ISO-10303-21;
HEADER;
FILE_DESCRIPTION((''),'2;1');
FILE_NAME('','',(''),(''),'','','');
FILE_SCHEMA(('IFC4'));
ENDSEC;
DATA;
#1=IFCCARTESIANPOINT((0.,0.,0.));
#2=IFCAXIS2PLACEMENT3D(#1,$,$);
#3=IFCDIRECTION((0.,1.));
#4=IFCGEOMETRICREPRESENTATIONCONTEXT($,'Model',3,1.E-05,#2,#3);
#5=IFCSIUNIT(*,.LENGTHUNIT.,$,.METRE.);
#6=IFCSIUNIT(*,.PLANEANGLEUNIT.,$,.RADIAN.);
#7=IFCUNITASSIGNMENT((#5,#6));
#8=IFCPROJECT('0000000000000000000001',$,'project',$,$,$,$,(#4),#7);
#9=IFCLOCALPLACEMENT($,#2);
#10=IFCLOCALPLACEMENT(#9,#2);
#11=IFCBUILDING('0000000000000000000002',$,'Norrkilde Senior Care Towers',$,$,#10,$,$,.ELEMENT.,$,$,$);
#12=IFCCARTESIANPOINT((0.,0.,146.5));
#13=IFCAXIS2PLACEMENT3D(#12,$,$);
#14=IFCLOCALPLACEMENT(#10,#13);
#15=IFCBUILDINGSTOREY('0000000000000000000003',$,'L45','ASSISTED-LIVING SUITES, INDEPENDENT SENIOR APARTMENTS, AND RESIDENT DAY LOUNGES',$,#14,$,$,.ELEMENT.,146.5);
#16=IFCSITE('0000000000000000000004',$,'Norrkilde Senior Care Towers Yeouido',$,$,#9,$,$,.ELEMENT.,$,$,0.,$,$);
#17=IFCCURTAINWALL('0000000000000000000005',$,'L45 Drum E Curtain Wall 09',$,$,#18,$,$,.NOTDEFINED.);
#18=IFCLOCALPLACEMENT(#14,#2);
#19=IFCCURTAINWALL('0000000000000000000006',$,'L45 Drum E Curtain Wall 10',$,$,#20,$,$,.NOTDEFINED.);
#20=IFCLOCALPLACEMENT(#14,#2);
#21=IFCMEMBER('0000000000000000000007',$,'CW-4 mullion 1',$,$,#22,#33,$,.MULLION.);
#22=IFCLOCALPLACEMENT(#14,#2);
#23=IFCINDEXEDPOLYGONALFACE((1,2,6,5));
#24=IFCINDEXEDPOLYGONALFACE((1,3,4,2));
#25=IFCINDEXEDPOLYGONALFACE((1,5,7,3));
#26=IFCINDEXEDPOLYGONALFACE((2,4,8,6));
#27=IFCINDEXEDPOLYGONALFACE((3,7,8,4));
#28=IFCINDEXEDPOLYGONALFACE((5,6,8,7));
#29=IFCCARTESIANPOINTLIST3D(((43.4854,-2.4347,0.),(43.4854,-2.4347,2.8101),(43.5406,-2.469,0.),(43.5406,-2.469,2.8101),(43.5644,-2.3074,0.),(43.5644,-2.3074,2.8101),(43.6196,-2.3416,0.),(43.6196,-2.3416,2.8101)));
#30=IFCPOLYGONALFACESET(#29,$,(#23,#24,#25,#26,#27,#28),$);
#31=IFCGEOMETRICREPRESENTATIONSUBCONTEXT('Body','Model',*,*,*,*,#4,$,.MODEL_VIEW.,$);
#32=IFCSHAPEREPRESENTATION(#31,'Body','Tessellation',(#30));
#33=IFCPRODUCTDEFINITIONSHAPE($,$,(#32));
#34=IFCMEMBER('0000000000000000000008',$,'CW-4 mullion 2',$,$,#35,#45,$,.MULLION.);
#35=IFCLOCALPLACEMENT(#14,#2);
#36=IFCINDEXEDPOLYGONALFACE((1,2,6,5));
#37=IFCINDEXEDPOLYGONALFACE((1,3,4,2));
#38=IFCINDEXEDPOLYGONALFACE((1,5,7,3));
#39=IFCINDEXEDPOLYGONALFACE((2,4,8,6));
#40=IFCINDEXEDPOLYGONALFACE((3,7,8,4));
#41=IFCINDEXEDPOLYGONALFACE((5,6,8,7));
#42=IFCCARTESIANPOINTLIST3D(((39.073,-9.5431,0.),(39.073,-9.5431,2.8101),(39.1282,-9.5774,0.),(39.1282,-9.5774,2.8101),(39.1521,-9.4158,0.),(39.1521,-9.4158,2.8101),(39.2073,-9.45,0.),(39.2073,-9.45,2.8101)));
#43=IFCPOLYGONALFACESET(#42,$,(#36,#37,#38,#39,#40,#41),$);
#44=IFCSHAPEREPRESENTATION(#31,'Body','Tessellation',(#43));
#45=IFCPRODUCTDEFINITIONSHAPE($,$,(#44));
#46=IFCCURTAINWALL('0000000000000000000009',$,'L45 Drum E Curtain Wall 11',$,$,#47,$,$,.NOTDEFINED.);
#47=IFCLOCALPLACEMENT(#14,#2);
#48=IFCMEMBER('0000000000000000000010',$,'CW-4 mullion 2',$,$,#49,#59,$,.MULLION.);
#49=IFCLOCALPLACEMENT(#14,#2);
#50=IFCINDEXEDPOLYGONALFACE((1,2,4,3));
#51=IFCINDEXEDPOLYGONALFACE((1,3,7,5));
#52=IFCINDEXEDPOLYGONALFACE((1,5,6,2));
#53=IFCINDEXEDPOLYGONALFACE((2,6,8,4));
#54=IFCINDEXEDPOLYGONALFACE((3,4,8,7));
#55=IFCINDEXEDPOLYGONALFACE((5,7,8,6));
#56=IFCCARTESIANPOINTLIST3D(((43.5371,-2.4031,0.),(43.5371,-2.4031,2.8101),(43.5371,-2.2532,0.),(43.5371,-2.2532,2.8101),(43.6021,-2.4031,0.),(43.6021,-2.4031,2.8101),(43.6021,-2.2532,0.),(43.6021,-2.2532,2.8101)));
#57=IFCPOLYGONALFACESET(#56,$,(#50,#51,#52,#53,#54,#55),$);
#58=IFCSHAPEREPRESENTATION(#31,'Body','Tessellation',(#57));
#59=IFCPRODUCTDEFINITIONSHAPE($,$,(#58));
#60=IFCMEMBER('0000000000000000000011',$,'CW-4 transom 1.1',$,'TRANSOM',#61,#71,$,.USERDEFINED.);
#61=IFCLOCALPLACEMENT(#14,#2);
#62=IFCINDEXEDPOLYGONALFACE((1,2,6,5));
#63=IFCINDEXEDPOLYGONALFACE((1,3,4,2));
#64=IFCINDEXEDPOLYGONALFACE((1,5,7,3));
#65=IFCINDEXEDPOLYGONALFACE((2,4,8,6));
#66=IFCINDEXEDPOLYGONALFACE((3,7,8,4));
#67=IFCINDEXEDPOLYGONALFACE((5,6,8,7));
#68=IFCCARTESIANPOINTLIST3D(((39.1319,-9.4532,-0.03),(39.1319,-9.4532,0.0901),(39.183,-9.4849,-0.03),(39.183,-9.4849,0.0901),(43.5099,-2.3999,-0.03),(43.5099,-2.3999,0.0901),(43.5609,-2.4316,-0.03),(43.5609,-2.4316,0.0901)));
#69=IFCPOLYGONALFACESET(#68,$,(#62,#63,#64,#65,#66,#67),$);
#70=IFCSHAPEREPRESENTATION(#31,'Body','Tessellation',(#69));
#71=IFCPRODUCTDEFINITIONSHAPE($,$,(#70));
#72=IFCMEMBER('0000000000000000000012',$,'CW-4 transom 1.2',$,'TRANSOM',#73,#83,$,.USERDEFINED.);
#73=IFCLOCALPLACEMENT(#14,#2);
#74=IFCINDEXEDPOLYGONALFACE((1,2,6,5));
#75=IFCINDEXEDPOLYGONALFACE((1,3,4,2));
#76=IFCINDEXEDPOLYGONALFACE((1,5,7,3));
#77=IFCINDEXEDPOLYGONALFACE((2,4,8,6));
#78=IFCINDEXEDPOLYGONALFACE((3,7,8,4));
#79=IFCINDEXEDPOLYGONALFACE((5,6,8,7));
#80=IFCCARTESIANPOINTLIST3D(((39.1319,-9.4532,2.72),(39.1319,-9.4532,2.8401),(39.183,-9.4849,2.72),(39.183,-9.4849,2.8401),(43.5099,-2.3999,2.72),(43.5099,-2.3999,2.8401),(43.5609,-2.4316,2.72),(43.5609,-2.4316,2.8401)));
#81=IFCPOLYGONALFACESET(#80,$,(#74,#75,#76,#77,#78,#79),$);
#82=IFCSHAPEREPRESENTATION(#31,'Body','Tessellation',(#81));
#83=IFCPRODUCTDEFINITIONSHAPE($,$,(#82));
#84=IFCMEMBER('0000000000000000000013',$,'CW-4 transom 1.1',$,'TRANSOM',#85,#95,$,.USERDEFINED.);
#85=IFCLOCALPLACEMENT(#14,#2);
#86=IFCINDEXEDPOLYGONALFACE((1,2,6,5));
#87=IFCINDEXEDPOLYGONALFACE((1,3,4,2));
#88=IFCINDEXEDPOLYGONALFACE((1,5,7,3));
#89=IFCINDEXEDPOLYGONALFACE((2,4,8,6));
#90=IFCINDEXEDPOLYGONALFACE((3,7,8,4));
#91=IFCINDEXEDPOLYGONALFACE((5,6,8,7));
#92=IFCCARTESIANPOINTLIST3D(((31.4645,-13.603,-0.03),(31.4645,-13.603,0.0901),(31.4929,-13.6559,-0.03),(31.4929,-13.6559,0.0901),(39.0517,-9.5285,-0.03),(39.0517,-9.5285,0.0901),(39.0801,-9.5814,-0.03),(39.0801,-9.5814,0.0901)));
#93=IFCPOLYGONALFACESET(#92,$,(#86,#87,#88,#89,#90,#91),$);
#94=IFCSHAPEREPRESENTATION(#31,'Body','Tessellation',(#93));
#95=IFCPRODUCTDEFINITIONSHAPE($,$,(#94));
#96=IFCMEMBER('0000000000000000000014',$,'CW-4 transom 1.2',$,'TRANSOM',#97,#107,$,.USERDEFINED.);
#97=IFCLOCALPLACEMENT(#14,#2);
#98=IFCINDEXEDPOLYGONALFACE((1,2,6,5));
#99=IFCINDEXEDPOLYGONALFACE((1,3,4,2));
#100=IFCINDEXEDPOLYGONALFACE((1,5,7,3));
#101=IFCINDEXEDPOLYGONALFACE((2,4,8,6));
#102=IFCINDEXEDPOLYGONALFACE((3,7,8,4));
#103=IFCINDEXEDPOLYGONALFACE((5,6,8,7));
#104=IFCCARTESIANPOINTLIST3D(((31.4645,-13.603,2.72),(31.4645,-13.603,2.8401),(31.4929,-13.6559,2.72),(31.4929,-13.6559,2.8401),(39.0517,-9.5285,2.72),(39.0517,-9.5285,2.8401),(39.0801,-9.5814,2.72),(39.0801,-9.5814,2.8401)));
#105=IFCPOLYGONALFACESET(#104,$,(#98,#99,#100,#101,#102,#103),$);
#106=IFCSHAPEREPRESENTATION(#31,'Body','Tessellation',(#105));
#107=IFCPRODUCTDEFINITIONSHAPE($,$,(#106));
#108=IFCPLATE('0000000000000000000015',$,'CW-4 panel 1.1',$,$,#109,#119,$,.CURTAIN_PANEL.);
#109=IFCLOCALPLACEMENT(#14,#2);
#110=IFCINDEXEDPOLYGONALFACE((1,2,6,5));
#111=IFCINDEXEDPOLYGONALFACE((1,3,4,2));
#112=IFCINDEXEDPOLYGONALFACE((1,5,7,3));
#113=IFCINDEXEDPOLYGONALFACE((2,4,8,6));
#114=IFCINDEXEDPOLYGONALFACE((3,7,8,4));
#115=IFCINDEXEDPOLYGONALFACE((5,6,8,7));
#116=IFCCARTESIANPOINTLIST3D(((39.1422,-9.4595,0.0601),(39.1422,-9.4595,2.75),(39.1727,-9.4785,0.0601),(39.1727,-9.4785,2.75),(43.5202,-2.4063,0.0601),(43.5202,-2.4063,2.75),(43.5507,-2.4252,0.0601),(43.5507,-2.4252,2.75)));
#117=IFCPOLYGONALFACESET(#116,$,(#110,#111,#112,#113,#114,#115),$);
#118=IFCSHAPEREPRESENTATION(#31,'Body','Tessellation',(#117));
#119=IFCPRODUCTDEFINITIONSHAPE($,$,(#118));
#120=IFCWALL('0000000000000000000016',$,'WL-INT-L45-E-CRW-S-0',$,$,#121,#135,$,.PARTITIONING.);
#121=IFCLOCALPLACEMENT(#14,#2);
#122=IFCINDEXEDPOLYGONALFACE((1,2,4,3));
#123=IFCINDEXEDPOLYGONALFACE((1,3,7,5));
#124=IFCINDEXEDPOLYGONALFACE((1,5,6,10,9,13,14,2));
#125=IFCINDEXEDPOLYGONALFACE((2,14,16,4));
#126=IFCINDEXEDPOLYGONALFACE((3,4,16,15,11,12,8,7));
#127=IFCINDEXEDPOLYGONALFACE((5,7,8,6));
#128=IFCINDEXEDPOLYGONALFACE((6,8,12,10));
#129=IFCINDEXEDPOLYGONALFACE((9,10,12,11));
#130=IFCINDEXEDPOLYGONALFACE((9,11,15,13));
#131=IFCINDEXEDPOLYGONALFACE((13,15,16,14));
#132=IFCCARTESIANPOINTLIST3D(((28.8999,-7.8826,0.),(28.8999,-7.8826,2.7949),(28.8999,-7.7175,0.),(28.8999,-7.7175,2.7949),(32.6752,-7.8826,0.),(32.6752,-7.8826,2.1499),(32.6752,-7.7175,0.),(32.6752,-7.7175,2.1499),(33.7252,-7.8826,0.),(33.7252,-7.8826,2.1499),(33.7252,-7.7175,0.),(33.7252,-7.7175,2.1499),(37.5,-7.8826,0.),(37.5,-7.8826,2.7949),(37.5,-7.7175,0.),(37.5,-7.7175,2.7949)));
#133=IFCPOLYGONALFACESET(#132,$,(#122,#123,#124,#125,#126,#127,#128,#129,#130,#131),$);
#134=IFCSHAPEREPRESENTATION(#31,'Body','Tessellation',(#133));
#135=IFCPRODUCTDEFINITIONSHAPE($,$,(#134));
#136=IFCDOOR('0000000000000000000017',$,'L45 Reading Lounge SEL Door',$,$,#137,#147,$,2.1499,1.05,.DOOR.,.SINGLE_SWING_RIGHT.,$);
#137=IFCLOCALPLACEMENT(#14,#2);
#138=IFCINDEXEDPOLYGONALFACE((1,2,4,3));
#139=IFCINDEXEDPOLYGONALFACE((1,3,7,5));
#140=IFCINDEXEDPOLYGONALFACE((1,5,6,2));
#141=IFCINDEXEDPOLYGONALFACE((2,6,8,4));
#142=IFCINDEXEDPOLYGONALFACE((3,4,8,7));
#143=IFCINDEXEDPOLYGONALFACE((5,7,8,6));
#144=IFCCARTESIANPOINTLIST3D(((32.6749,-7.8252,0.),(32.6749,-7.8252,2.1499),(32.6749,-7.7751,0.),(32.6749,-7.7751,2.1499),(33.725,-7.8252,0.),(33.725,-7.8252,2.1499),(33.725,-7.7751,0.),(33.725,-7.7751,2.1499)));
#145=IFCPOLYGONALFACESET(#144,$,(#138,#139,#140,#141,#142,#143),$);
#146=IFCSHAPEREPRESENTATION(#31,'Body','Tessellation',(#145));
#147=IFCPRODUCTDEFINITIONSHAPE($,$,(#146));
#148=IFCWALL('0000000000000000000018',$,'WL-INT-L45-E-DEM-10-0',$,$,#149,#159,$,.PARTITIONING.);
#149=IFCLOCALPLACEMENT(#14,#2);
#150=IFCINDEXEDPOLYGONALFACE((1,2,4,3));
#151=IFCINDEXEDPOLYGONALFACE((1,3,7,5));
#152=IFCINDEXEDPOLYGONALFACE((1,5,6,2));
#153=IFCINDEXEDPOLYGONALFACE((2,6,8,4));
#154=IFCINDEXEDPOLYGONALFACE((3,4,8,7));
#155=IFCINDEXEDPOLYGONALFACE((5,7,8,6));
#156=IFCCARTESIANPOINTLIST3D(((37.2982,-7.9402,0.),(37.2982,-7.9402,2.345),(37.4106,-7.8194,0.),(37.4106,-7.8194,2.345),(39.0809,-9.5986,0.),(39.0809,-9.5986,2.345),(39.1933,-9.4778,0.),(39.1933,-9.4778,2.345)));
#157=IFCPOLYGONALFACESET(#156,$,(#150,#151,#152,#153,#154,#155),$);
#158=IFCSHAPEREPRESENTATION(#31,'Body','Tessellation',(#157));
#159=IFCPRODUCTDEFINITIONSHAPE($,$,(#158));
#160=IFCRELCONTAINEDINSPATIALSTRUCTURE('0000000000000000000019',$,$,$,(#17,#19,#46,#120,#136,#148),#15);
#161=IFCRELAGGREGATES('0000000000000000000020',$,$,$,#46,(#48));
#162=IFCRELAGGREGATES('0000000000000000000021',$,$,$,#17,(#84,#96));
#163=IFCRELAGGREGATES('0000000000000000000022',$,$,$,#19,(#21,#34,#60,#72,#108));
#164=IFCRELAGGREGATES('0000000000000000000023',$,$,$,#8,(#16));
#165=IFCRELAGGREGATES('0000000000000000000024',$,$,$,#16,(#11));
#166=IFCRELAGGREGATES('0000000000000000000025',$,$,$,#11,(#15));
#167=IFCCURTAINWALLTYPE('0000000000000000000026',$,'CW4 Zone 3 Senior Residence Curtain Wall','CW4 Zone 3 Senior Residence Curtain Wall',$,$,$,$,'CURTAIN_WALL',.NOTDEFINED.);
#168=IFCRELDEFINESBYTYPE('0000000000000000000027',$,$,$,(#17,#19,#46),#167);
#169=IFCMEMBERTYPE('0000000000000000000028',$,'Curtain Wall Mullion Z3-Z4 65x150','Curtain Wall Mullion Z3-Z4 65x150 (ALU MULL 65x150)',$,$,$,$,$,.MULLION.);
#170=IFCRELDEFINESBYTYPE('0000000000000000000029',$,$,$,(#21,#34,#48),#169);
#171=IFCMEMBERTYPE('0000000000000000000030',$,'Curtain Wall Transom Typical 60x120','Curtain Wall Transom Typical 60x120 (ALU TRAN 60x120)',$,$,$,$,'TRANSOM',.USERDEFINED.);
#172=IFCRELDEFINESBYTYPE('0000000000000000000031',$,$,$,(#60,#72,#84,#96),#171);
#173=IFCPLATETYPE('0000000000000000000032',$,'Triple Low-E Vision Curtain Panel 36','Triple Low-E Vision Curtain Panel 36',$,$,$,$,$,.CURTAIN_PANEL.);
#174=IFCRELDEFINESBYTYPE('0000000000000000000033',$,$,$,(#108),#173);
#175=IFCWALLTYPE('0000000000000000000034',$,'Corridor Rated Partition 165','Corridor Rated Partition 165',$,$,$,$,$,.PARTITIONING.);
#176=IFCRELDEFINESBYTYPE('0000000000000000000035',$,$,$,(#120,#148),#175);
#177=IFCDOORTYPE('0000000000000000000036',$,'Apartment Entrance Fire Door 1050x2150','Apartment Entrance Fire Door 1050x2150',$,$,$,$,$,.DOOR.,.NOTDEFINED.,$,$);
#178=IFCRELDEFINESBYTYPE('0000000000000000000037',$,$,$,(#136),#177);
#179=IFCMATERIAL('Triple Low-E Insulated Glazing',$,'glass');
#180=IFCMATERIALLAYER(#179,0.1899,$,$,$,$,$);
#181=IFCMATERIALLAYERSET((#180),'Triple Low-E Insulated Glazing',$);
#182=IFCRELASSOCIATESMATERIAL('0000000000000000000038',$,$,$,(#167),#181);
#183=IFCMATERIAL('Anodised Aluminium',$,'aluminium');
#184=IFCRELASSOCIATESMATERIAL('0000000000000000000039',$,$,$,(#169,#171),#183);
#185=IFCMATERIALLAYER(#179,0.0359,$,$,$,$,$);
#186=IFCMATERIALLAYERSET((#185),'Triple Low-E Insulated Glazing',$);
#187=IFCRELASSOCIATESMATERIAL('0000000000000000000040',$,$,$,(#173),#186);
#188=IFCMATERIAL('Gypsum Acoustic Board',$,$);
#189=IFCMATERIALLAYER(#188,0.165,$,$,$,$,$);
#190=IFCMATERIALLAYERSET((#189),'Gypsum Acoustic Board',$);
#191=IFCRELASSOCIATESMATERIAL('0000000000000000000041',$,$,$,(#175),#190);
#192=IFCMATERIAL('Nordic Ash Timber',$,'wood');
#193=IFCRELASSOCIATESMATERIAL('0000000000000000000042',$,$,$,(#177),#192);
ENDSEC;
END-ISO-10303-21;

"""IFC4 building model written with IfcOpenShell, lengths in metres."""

from ifc_helpers import new_model, si_unit, direction, frame, frame_2d, origin, origin_2d, place, context, subcontext, project, spatial, rectangle, extrude, source, transform, mapped, material, layer, layer_set, material_profile, profile_set, type_object, type_shapes, element, fill, aggregate, save


model = new_model("IFC4")

# Units and contexts
model_context = context("Model", 3, precision=1e-05, world=origin(), true_north=direction((0.0, 1.0)))
body_context = subcontext(model_context, "Body", "Model", "MODEL_VIEW")
ifc_project = project(units=[si_unit("LENGTHUNIT", "METRE"), si_unit("PLANEANGLEUNIT", "RADIAN")], contexts=[model_context])

# Site, building, storey
site_placement = place(None, origin())
site = spatial("IfcSite", under=ifc_project, at=site_placement, Name="Norrkilde Senior Care Towers Yeouido", CompositionType="ELEMENT", RefElevation=0.0)
building_placement = place(site_placement, origin())
building = spatial("IfcBuilding", under=site, at=building_placement, Name="Norrkilde Senior Care Towers", CompositionType="ELEMENT")
storey_placement = place(building_placement, frame((0.0, 0.0, 146.5)))
storey = spatial("IfcBuildingStorey", under=building, at=storey_placement, Name="L45", Description="ASSISTED-LIVING SUITES, INDEPENDENT SENIOR APARTMENTS, AND RESIDENT DAY LOUNGES", CompositionType="ELEMENT", Elevation=146.5)

# Curtain wall
ifc_material_1 = material(Name="Triple Low-E Insulated Glazing", Category="glass")
ifc_layer_1 = layer(ifc_material_1, 0.1899)
ifc_layer_set_1 = layer_set([ifc_layer_1], Name="Triple Low-E Insulated Glazing")
curtain_wall_type = type_object("IfcCurtainWallType", Name="CW4 Zone 3 Senior Residence Curtain Wall", Description="CW4 Zone 3 Senior Residence Curtain Wall", ElementType="CURTAIN_WALL", PredefinedType="NOTDEFINED", material=ifc_layer_set_1)
curtain_wall_1_placement = place(storey_placement, origin())
curtain_wall_1 = element("IfcCurtainWall", 1, at=curtain_wall_1_placement, inside=storey, type_object=curtain_wall_type, Name="L45 Drum E Curtain Wall 09", PredefinedType="NOTDEFINED")
ifc_material_2 = material(Name="Anodised Aluminium", Category="aluminium")
ifc_material_profile_1 = material_profile(ifc_material_2, rectangle(XDim=0.0649, YDim=0.1499, at=origin_2d()), Name="ALU MULL 65x150")
ifc_profile_set_1 = profile_set([ifc_material_profile_1], Name="Anodised Aluminium")
member_type_1 = type_object("IfcMemberType", Name="Curtain Wall Mullion Z3-Z4 65x150", Description="Curtain Wall Mullion Z3-Z4 65x150 (ALU MULL 65x150)", PredefinedType="MULLION", material=ifc_profile_set_1)
shared_shape_1 = source(origin(), body_context, "Body", "SweptSolid", [
    extrude(rectangle(XDim=0.0649, YDim=0.1499, at=origin_2d()), origin(), (0.0, 0.0, 1.0), 2.8101),
])
type_shapes(member_type_1, [shared_shape_1])

# Curtain wall, members
curtain_wall_2_placement = place(storey_placement, origin())
curtain_wall_2 = element("IfcCurtainWall", 2, at=curtain_wall_2_placement, inside=storey, type_object=curtain_wall_type, Name="L45 Drum E Curtain Wall 10", PredefinedType="NOTDEFINED")
member_1_placement = place(storey_placement, frame((43.5525, -2.3882, 0.0), z_axis=(0.0, 0.0, 1.0), x_axis=(0.849634, -0.527373, 0.0)))
member_1 = element("IfcMember", 3, at=member_1_placement, type_object=member_type_1, Name="CW-4 mullion 1", PredefinedType="MULLION", context=body_context, shape_type="MappedRepresentation", body=[
    mapped(shared_shape_1, transform((0.0, 0.0, 0.0), x_axis=(1.0, 0.0, 0.0), y_axis=(0.0, 1.0, 0.0), z_axis=(0.0, 0.0, 1.0), scale=1.0)),
])
member_2_placement = place(storey_placement, frame((39.1401, -9.4966, 0.0), z_axis=(0.0, 0.0, 1.0), x_axis=(0.849634, -0.527373, 0.0)))
member_2 = element("IfcMember", 4, at=member_2_placement, type_object=member_type_1, Name="CW-4 mullion 2", PredefinedType="MULLION", context=body_context, shape_type="MappedRepresentation", body=[
    mapped(shared_shape_1, transform((0.0, 0.0, 0.0), x_axis=(1.0, 0.0, 0.0), y_axis=(0.0, 1.0, 0.0), z_axis=(0.0, 0.0, 1.0), scale=1.0)),
])

# Curtain wall, member
curtain_wall_3_placement = place(storey_placement, origin())
curtain_wall_3 = element("IfcCurtainWall", 5, at=curtain_wall_3_placement, inside=storey, type_object=curtain_wall_type, Name="L45 Drum E Curtain Wall 11", PredefinedType="NOTDEFINED")
member_3_placement = place(storey_placement, frame((43.5696, -2.3281, 0.0), z_axis=(0.0, 0.0, 1.0), x_axis=(1.0, 0.0, 0.0)))
member_3 = element("IfcMember", 6, at=member_3_placement, type_object=member_type_1, Name="CW-4 mullion 2", PredefinedType="MULLION", context=body_context, shape_type="MappedRepresentation", body=[
    mapped(shared_shape_1, transform((0.0, 0.0, 0.0), x_axis=(1.0, 0.0, 0.0), y_axis=(0.0, 1.0, 0.0), z_axis=(0.0, 0.0, 1.0), scale=1.0)),
])
aggregate(curtain_wall_3, [member_3])

# Members
ifc_material_profile_2 = material_profile(ifc_material_2, rectangle(XDim=0.0601, YDim=0.1201, at=origin_2d()), Name="ALU TRAN 60x120")
ifc_profile_set_2 = profile_set([ifc_material_profile_2], Name="Anodised Aluminium")
member_type_2 = type_object("IfcMemberType", Name="Curtain Wall Transom Typical 60x120", Description="Curtain Wall Transom Typical 60x120 (ALU TRAN 60x120)", ElementType="TRANSOM", PredefinedType="USERDEFINED", material=ifc_profile_set_2)
shared_shape_2 = source(origin(), body_context, "Body", "SweptSolid", [
    extrude(rectangle(XDim=0.0601, YDim=0.1201, at=origin_2d()), origin(), (0.0, 0.0, 1.0), 8.3015),
])
member_4_placement = place(storey_placement, frame((43.5354, -2.4158, 0.03), z_axis=(-0.527369, -0.849637, 0.0), x_axis=(0.849637, -0.527369, 0.0)))
member_4 = element("IfcMember", 7, at=member_4_placement, type_object=member_type_2, Name="CW-4 transom 1.1", ObjectType="TRANSOM", PredefinedType="USERDEFINED", context=body_context, shape_type="MappedRepresentation", body=[
    mapped(shared_shape_2, transform((0.0, 0.0, 0.0), x_axis=(1.0, 0.0, 0.0), y_axis=(0.0, 1.0, 0.0), z_axis=(0.0, 0.0, 1.0), scale=1.0)),
])
member_5_placement = place(storey_placement, frame((43.5354, -2.4158, 2.78), z_axis=(-0.527369, -0.849637, 0.0), x_axis=(0.849637, -0.527369, 0.0)))
member_5 = element("IfcMember", 8, at=member_5_placement, type_object=member_type_2, Name="CW-4 transom 1.2", ObjectType="TRANSOM", PredefinedType="USERDEFINED", context=body_context, shape_type="MappedRepresentation", body=[
    mapped(shared_shape_2, transform((0.0, 0.0, 0.0), x_axis=(1.0, 0.0, 0.0), y_axis=(0.0, 1.0, 0.0), z_axis=(0.0, 0.0, 1.0), scale=1.0)),
])
shared_shape_3 = source(origin(), body_context, "Body", "SweptSolid", [
    extrude(rectangle(XDim=0.0601, YDim=0.1201, at=origin_2d()), origin(), (0.0, 0.0, 1.0), 8.6121),
])
type_shapes(member_type_2, [shared_shape_2, shared_shape_3])
member_6_placement = place(storey_placement, frame((39.0659, -9.5549, 0.03), z_axis=(-0.881, -0.473116, 0.0), x_axis=(0.473116, -0.881, 0.0)))
member_6 = element("IfcMember", 9, at=member_6_placement, type_object=member_type_2, Name="CW-4 transom 1.1", ObjectType="TRANSOM", PredefinedType="USERDEFINED", context=body_context, shape_type="MappedRepresentation", body=[
    mapped(shared_shape_3, transform((0.0, 0.0, 0.0), x_axis=(1.0, 0.0, 0.0), y_axis=(0.0, 1.0, 0.0), z_axis=(0.0, 0.0, 1.0), scale=1.0)),
])
member_7_placement = place(storey_placement, frame((39.0659, -9.5549, 2.78), z_axis=(-0.881, -0.473116, 0.0), x_axis=(0.473116, -0.881, 0.0)))
member_7 = element("IfcMember", 10, at=member_7_placement, type_object=member_type_2, Name="CW-4 transom 1.2", ObjectType="TRANSOM", PredefinedType="USERDEFINED", context=body_context, shape_type="MappedRepresentation", body=[
    mapped(shared_shape_3, transform((0.0, 0.0, 0.0), x_axis=(1.0, 0.0, 0.0), y_axis=(0.0, 1.0, 0.0), z_axis=(0.0, 0.0, 1.0), scale=1.0)),
])
aggregate(curtain_wall_1, [member_6, member_7])

# Plate
ifc_layer_2 = layer(ifc_material_1, 0.0359)
ifc_layer_set_2 = layer_set([ifc_layer_2], Name="Triple Low-E Insulated Glazing")
plate_type = type_object("IfcPlateType", Name="Triple Low-E Vision Curtain Panel 36", Description="Triple Low-E Vision Curtain Panel 36", PredefinedType="CURTAIN_PANEL", material=ifc_layer_set_2)
shared_shape_4 = source(origin(), body_context, "Body", "SweptSolid", [
    extrude(rectangle(XDim=8.3015, YDim=0.0359, at=origin_2d()), origin(), (0.0, 0.0, 1.0), 2.6899),
])
type_shapes(plate_type, [shared_shape_4])
plate_placement = place(storey_placement, frame((41.3464, -5.9424, 0.0601), z_axis=(0.0, 0.0, 1.0), x_axis=(-0.527373, -0.849634, 0.0)))
plate = element("IfcPlate", 11, at=plate_placement, type_object=plate_type, Name="CW-4 panel 1.1", PredefinedType="CURTAIN_PANEL", context=body_context, shape_type="MappedRepresentation", body=[
    mapped(shared_shape_4, transform((0.0, 0.0, 0.0), x_axis=(1.0, 0.0, 0.0), y_axis=(0.0, 1.0, 0.0), z_axis=(0.0, 0.0, 1.0), scale=1.0)),
])
aggregate(curtain_wall_2, [member_1, member_2, member_4, member_5, plate])

# Wall, opening, door
ifc_material_3 = material(Name="Gypsum Acoustic Board")
ifc_layer_3 = layer(ifc_material_3, 0.165)
ifc_layer_set_3 = layer_set([ifc_layer_3], Name="Gypsum Acoustic Board")
wall_type_1 = type_object("IfcWallType", Name="Corridor Rated Partition 165", Description="Corridor Rated Partition 165", PredefinedType="PARTITIONING", material=ifc_layer_set_3)
shared_shape_5 = source(origin(), body_context, "Body", "SweptSolid", [
    extrude(rectangle(XDim=8.6001, YDim=0.165, at=frame_2d((4.3, 0.0))), origin(), (0.0, 0.0, 1.0), 2.7949),
])
wall_1_placement = place(storey_placement, frame((37.5, -7.8, 0.0), z_axis=(0.0, 0.0, 1.0), x_axis=(-1.0, 0.0, 0.0)))
wall_1 = element("IfcWall", 12, at=wall_1_placement, inside=storey, type_object=wall_type_1, Name="WL-INT-L45-E-CRW-S-0", PredefinedType="PARTITIONING", context=body_context, shape_type="MappedRepresentation", body=[
    mapped(shared_shape_5, transform((0.0, 0.0, 0.0), x_axis=(1.0, 0.0, 0.0), y_axis=(0.0, 1.0, 0.0), z_axis=(0.0, 0.0, 1.0), scale=1.0)),
])
opening_1_placement = place(wall_1_placement, frame((3.7749, 0.0, 0.0)))
opening_1 = element("IfcOpeningElement", 13, at=opening_1_placement, cuts=wall_1, PredefinedType="OPENING", context=body_context, shape_type="SweptSolid", body=[
    extrude(rectangle(XDim=1.05, YDim=2.1499, at=frame_2d((0.5249, 1.075))), frame((0.0, 0.0925, 0.0), z_axis=(0.0, -1.0, 0.0), x_axis=(1.0, 0.0, 0.0)), (0.0, 0.0, 1.0), 0.1851),
])
ifc_material_4 = material(Name="Nordic Ash Timber", Category="wood")
door_type_1 = type_object("IfcDoorType", Name="Apartment Entrance Fire Door 1050x2150", Description="Apartment Entrance Fire Door 1050x2150", OperationType="NOTDEFINED", PredefinedType="DOOR", material=ifc_material_4)
shared_shape_6 = source(origin(), body_context, "Body", "SweptSolid", [
    extrude(rectangle(XDim=1.05, YDim=2.1499, at=frame_2d((0.5249, 1.075))), frame((0.0, 0.0249, 0.0), z_axis=(0.0, -1.0, 0.0), x_axis=(1.0, 0.0, 0.0)), (0.0, 0.0, 1.0), 0.05),
])
type_shapes(door_type_1, [shared_shape_6])
door_1_placement = place(opening_1_placement, frame((1.05, 0.0, 0.0), z_axis=(0.0, 0.0, 1.0), x_axis=(-1.0, 0.0, 0.0)))
door_1 = element("IfcDoor", 14, at=door_1_placement, inside=storey, type_object=door_type_1, Name="L45 Reading Lounge SEL Door", OperationType="SINGLE_SWING_RIGHT", OverallHeight=2.1499, OverallWidth=1.05, PredefinedType="DOOR", context=body_context, shape_type="MappedRepresentation", body=[
    mapped(shared_shape_6, transform((0.0, 0.0, 0.0), x_axis=(1.0, 0.0, 0.0), y_axis=(0.0, 1.0, 0.0), z_axis=(0.0, 0.0, 1.0), scale=1.0)),
])
fill(opening_1, door_1)

# Wall
shared_shape_7 = source(origin(), body_context, "Body", "SweptSolid", [
    extrude(rectangle(XDim=2.4348, YDim=0.165, at=frame_2d((1.2173, 0.0))), origin(), (0.0, 0.0, 1.0), 2.345),
])
type_shapes(wall_type_1, [shared_shape_5, shared_shape_7])
wall_2_placement = place(storey_placement, frame((37.3545, -7.8799, 0.0), z_axis=(0.0, 0.0, 1.0), x_axis=(0.732165, -0.681128, 0.0)))
element("IfcWall", 15, at=wall_2_placement, inside=storey, type_object=wall_type_1, Name="WL-INT-L45-E-DEM-10-0", PredefinedType="PARTITIONING", context=body_context, shape_type="MappedRepresentation", body=[
    mapped(shared_shape_7, transform((0.0, 0.0, 0.0), x_axis=(1.0, 0.0, 0.0), y_axis=(0.0, 1.0, 0.0), z_axis=(0.0, 0.0, 1.0), scale=1.0)),
])

save(model, "model.ifc")
